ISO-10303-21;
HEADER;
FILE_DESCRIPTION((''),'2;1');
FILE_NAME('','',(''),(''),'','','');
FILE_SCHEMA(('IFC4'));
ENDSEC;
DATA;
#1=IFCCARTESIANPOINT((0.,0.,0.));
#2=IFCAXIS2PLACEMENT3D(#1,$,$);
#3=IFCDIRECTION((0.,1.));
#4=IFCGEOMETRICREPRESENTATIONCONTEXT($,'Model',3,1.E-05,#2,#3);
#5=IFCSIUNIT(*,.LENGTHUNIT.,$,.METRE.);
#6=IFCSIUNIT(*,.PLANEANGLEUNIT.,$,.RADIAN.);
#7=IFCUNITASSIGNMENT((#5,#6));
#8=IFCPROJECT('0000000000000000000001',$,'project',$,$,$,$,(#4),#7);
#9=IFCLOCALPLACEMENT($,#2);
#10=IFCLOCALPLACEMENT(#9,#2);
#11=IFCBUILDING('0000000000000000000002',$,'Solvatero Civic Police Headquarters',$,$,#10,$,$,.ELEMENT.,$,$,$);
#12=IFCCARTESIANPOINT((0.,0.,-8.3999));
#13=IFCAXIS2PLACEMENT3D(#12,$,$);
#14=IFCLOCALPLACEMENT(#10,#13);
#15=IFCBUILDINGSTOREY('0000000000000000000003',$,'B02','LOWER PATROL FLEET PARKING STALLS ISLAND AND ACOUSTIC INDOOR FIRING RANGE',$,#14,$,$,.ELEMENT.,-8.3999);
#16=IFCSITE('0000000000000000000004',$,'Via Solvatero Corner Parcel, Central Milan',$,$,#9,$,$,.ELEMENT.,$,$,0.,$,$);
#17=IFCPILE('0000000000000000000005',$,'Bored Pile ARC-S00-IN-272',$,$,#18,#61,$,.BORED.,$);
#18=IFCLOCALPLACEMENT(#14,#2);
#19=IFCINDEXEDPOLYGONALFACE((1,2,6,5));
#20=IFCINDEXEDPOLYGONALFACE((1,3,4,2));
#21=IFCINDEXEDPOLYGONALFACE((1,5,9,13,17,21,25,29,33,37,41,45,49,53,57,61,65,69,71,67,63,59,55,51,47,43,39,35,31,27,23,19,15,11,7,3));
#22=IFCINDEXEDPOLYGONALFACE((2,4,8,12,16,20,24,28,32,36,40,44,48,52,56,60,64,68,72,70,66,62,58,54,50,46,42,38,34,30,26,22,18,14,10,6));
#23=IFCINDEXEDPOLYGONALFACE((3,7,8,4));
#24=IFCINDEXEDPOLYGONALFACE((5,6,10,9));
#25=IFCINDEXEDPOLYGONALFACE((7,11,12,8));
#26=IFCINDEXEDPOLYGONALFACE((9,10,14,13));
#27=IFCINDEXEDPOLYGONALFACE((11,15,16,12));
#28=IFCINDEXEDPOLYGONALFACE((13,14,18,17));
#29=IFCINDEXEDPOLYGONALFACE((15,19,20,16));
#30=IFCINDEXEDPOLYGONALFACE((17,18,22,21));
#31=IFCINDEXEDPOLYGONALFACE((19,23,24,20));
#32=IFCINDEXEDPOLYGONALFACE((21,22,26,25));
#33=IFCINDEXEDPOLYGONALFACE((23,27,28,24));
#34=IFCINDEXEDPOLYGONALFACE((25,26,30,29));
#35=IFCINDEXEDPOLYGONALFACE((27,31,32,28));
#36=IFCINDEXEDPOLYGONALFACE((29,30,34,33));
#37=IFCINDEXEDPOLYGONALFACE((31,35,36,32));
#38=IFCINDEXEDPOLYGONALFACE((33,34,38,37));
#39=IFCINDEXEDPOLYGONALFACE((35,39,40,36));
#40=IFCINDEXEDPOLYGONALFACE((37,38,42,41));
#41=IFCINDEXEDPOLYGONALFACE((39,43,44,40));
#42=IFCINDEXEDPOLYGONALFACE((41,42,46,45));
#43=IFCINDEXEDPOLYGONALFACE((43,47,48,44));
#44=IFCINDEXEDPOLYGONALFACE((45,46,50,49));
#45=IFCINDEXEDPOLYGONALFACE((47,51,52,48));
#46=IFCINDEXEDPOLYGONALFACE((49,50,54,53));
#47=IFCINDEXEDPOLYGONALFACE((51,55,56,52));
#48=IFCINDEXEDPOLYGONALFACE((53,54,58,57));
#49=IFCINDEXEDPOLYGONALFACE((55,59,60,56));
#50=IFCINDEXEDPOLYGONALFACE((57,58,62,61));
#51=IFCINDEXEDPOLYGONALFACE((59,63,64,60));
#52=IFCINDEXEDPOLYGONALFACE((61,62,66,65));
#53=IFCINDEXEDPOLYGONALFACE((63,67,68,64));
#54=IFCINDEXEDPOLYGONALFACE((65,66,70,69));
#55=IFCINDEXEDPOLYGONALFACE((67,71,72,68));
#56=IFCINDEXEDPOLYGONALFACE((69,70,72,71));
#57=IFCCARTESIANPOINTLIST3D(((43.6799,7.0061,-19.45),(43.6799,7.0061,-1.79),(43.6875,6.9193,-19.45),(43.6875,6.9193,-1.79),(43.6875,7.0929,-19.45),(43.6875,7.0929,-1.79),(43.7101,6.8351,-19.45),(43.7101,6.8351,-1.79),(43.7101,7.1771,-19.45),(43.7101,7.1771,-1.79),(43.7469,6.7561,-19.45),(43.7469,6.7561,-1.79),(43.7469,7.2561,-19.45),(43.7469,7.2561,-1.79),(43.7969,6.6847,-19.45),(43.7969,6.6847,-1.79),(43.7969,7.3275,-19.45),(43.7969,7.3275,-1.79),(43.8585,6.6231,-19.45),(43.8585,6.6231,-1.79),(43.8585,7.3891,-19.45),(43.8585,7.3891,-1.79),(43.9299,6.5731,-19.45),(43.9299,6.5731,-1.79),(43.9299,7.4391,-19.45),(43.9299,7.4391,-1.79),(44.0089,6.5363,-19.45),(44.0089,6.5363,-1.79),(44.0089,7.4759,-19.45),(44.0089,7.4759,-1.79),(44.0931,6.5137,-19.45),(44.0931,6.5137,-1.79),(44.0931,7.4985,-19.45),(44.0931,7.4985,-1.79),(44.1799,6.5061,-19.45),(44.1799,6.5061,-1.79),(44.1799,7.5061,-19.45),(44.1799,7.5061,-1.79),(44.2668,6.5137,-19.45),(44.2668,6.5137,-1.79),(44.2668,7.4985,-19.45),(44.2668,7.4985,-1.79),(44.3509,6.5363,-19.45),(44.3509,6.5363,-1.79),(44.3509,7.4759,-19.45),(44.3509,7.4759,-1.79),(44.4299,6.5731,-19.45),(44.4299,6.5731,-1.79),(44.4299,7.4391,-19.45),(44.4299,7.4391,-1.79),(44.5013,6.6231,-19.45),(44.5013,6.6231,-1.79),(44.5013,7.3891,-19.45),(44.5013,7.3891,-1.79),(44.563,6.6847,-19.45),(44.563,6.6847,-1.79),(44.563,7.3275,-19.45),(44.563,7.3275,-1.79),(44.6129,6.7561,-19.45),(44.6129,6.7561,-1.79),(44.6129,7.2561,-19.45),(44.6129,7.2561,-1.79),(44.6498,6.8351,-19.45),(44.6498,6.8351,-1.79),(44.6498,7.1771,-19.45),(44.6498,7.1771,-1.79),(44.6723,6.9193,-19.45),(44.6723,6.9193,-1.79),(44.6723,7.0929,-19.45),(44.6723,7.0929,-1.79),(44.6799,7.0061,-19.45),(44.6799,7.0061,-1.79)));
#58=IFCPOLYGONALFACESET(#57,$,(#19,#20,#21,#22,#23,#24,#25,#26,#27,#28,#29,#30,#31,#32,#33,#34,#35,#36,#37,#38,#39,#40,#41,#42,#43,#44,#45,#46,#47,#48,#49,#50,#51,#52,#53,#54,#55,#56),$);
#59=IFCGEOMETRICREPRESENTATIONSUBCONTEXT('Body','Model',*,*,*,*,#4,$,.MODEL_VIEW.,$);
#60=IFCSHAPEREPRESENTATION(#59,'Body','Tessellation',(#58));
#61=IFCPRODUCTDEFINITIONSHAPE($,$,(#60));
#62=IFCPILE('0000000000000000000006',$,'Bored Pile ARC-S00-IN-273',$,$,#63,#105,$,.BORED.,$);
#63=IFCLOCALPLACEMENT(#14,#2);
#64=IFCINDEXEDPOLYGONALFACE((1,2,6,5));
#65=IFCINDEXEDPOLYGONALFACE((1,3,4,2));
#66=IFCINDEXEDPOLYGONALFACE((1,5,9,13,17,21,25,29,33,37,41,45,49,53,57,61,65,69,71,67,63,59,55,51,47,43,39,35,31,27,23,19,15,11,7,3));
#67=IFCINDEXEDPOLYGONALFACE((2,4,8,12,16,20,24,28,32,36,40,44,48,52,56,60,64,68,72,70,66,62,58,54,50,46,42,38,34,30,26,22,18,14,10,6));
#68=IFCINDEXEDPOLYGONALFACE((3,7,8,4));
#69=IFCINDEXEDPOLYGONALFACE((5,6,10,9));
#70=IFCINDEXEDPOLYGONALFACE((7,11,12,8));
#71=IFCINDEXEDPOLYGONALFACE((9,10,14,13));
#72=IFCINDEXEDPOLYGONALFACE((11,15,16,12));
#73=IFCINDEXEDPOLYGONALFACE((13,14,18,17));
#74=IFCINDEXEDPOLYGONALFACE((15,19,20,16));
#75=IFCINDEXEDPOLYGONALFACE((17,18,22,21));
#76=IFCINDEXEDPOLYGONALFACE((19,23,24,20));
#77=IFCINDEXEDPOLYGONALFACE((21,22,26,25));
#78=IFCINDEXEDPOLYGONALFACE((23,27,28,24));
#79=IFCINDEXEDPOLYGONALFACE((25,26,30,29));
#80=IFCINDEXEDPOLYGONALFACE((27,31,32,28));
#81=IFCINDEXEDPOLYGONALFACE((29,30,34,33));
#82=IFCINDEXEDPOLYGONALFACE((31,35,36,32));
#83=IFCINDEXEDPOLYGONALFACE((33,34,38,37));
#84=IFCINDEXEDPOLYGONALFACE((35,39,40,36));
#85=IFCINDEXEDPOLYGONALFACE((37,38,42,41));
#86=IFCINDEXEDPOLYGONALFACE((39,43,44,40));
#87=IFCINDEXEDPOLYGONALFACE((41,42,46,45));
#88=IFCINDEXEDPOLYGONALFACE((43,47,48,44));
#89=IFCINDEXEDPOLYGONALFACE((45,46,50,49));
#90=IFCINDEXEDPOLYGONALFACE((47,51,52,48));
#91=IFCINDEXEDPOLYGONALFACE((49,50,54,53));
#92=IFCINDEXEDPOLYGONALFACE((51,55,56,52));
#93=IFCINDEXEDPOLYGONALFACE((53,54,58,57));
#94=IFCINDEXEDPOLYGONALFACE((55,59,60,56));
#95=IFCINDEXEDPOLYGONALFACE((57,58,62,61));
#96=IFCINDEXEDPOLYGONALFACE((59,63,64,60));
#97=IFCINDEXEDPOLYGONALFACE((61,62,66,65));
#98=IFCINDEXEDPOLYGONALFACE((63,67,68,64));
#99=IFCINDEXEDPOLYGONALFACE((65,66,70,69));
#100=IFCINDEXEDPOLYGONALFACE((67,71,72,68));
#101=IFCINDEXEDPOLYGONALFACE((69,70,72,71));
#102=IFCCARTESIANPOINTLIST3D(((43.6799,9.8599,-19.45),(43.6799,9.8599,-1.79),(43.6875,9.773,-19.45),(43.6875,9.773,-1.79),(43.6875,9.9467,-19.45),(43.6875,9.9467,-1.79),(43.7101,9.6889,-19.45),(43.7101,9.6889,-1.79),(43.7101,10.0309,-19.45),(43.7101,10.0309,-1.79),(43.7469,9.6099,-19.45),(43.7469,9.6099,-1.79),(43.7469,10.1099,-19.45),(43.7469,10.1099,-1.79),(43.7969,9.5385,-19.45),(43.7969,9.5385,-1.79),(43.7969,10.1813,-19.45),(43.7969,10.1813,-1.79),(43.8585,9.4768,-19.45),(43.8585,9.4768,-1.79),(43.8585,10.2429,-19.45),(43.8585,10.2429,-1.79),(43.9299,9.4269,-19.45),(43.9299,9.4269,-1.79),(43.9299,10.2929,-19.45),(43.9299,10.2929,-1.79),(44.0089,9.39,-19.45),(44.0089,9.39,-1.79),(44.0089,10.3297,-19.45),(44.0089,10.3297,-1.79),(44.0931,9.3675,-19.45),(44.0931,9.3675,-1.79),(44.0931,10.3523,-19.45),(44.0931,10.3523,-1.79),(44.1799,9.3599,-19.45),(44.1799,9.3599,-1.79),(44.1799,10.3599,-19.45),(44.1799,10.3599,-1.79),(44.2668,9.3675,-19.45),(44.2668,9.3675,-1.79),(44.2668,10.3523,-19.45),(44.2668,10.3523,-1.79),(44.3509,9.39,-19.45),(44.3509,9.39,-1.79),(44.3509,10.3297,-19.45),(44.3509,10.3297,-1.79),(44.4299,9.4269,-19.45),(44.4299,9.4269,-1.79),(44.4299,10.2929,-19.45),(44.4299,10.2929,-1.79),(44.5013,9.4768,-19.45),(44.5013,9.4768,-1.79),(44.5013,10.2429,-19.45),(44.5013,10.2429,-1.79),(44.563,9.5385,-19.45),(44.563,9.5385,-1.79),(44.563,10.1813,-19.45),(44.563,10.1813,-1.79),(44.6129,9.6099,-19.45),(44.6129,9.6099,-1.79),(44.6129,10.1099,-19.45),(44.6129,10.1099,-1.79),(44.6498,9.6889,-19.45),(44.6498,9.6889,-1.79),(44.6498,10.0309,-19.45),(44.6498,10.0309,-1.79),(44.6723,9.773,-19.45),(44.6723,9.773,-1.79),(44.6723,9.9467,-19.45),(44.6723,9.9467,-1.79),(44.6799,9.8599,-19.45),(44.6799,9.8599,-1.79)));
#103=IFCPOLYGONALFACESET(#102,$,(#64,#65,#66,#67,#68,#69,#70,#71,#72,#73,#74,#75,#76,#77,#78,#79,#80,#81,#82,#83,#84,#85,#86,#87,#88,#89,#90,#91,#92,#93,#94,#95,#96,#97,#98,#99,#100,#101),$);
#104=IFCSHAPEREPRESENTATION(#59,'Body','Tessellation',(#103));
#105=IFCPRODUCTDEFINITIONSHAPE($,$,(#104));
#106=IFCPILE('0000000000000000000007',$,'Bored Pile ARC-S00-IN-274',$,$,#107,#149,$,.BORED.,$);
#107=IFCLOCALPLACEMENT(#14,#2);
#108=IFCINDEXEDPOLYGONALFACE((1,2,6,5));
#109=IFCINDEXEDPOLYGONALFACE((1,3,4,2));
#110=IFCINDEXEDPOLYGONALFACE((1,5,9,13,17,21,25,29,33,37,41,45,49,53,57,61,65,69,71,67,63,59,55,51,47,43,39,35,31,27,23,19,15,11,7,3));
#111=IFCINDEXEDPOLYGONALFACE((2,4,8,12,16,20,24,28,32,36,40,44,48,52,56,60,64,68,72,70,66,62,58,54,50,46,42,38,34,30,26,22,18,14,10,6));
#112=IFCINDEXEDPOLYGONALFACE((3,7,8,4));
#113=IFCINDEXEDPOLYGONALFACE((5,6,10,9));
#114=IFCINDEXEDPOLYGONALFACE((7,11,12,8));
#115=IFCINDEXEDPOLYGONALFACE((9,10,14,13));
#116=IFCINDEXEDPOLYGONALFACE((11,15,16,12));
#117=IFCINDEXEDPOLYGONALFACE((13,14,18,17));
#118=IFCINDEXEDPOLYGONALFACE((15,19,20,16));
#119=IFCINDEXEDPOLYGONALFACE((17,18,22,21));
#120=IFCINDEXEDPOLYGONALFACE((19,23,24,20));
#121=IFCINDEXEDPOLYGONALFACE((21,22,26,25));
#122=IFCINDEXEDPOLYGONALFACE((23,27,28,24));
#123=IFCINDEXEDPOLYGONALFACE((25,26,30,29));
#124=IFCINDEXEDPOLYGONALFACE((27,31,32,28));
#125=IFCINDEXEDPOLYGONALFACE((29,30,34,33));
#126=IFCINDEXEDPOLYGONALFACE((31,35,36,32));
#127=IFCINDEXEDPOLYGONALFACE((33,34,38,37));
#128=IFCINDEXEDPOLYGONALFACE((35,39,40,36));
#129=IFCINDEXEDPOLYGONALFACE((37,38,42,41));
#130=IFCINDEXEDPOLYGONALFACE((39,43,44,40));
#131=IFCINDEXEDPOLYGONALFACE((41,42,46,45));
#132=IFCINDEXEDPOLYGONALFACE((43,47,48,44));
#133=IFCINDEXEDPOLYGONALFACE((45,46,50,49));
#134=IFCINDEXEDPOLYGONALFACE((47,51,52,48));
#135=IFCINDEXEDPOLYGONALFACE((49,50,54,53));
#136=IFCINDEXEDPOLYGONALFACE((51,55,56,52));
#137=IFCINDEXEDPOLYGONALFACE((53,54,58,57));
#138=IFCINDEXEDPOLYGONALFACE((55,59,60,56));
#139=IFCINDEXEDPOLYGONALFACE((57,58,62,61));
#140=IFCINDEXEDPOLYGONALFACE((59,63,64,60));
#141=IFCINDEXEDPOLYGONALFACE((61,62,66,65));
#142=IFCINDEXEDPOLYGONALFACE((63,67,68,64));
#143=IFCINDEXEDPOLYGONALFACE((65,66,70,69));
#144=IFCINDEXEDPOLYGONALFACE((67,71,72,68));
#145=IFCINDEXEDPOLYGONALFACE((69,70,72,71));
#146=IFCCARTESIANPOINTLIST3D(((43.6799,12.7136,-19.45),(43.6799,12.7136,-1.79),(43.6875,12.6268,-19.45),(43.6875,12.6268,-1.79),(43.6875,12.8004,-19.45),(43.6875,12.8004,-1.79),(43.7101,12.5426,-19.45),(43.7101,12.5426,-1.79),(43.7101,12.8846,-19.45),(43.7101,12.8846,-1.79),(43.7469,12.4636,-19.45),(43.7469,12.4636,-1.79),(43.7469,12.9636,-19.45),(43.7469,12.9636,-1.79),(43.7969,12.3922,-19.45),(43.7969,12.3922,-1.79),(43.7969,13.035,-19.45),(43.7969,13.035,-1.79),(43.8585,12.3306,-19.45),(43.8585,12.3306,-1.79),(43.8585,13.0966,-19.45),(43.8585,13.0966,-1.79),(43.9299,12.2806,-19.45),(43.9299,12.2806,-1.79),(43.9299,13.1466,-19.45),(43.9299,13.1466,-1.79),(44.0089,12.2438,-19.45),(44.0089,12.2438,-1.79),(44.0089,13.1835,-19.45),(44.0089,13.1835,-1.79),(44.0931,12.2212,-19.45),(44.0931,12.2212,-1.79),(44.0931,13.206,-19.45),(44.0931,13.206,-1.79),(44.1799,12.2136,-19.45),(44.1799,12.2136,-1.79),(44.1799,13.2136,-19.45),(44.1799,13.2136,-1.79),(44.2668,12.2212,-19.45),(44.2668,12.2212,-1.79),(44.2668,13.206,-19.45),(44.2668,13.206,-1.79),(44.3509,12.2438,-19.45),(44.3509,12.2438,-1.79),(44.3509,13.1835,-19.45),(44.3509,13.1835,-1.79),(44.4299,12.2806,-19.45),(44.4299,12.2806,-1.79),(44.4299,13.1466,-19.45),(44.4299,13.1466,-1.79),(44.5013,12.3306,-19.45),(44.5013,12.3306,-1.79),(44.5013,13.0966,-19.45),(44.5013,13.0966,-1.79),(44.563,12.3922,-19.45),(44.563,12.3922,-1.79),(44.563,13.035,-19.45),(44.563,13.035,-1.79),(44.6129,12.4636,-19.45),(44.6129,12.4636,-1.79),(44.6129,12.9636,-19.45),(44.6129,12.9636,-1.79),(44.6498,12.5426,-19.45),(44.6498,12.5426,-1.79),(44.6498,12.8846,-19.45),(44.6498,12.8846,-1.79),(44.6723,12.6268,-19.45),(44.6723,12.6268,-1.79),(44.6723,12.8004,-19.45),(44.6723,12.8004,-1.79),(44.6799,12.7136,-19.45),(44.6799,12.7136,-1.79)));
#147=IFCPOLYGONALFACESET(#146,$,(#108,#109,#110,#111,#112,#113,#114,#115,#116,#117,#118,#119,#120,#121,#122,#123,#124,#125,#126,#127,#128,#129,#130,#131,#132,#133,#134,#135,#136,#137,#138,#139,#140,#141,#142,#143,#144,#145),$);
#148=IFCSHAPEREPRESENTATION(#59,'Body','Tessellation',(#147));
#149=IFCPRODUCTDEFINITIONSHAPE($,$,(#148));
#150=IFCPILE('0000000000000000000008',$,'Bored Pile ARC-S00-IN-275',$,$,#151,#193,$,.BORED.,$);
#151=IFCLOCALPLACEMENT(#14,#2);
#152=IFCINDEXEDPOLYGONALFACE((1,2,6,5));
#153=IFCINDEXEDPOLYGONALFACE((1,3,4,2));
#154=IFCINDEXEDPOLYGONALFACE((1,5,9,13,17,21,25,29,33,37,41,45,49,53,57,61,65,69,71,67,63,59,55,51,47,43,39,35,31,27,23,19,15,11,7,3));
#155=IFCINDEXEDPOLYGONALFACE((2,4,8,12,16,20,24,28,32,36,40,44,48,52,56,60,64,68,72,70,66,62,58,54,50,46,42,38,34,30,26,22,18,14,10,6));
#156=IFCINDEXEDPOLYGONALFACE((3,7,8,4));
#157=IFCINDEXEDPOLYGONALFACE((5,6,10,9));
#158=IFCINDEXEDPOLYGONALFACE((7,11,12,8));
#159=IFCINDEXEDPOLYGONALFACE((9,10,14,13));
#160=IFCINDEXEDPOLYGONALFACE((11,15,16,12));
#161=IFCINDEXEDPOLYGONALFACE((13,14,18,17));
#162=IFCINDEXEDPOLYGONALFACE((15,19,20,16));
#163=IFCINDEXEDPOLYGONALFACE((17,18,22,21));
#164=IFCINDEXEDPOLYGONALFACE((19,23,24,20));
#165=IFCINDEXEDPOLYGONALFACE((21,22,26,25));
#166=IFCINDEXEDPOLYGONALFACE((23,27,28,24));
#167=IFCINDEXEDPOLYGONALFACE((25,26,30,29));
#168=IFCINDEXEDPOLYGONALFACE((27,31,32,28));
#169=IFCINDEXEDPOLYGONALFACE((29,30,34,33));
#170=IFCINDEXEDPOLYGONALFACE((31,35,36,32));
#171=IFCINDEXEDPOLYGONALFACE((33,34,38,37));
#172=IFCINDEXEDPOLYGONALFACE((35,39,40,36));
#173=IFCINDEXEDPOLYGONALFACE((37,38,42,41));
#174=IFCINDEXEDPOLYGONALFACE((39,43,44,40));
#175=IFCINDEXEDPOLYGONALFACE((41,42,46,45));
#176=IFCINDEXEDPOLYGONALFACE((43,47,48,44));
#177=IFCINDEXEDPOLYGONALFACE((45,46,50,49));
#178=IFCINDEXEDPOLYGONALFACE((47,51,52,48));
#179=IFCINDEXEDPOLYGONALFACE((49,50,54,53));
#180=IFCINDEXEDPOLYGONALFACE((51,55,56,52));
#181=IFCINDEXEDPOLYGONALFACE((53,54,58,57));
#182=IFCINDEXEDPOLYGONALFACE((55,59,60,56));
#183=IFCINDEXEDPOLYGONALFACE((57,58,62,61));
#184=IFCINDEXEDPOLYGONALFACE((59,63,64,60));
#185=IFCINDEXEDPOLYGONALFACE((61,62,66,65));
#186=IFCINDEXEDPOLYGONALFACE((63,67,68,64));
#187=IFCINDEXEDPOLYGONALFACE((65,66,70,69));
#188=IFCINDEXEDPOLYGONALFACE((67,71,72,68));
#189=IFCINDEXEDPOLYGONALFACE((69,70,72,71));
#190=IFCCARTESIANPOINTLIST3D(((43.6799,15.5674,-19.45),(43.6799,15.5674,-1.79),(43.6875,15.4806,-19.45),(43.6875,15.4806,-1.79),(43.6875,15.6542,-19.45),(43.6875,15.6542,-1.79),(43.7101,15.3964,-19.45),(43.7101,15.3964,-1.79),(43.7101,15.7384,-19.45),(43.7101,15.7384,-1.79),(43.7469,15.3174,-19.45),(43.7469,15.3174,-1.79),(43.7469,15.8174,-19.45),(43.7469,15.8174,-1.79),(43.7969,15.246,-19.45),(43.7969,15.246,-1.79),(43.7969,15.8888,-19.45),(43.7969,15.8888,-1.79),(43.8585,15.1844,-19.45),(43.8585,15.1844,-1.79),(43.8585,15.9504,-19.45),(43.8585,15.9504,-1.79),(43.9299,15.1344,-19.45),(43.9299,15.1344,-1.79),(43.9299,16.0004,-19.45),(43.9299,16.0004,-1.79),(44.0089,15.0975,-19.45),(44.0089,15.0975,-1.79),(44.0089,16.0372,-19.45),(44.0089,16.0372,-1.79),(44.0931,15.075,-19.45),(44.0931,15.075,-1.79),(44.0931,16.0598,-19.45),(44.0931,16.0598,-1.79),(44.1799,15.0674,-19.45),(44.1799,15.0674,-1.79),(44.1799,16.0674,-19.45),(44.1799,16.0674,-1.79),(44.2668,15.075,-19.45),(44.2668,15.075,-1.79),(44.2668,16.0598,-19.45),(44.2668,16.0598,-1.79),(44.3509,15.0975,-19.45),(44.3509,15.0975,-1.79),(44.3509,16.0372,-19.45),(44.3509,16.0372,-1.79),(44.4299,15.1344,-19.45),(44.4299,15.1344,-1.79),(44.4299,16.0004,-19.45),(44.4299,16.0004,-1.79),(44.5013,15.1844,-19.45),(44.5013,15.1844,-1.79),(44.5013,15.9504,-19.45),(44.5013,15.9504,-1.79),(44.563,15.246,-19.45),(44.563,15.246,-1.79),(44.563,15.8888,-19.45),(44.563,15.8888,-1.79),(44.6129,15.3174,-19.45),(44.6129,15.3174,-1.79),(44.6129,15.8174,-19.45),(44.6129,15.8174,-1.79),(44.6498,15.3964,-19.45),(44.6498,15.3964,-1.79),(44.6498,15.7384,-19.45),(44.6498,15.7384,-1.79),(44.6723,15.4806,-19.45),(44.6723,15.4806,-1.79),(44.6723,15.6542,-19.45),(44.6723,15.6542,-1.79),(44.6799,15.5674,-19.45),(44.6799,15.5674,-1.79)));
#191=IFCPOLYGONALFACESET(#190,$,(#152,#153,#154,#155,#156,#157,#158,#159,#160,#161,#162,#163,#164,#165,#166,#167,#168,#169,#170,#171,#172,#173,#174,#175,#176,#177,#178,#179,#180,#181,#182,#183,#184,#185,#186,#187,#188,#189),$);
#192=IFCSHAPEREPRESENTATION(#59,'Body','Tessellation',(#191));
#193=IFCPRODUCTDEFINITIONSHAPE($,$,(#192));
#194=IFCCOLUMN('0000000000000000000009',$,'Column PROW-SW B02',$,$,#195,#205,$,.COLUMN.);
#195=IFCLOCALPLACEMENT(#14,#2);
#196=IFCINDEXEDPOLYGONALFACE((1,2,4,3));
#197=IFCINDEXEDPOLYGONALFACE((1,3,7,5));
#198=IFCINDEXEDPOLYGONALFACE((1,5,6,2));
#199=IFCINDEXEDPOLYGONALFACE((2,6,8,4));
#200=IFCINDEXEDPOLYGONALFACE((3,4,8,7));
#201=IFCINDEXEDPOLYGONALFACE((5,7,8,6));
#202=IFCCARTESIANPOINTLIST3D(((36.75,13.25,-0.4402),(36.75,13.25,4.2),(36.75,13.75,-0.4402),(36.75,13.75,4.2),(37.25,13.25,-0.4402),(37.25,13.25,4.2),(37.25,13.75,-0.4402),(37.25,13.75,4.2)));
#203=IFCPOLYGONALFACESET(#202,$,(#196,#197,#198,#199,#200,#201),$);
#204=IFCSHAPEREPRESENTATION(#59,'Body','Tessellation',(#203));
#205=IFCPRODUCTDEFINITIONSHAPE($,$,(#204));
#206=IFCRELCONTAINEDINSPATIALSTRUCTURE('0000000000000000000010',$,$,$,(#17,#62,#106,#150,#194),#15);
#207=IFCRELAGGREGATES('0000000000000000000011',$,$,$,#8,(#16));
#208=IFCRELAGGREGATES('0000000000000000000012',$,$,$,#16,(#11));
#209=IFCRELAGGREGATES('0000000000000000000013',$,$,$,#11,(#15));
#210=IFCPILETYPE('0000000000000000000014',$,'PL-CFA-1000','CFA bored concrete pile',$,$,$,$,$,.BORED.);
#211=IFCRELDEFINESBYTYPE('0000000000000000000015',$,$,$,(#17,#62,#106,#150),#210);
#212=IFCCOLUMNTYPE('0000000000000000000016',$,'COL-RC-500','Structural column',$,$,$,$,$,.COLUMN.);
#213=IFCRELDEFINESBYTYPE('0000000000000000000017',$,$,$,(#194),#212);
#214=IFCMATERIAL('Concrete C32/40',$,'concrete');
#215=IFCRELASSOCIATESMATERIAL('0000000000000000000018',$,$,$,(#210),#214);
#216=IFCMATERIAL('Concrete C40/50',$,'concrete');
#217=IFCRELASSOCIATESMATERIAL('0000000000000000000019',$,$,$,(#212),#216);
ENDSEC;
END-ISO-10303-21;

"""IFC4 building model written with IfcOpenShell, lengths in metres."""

from ifc_helpers import new_model, si_unit, direction, frame, origin, origin_2d, place, context, subcontext, project, spatial, rectangle, circle, extrude, material, material_profile, profile_set, type_object, element, save


model = new_model("IFC4")

# Units and contexts
model_context = context("Model", 3, precision=1e-05, world=origin(), true_north=direction((0.0, 1.0)))
body_context = subcontext(model_context, "Body", "Model", "MODEL_VIEW")
ifc_project = project(units=[si_unit("LENGTHUNIT", "METRE"), si_unit("PLANEANGLEUNIT", "RADIAN")], contexts=[model_context])

# Site, building, storey
site_placement = place(None, origin())
site = spatial("IfcSite", under=ifc_project, at=site_placement, Name="Via Solvatero Corner Parcel, Central Milan", CompositionType="ELEMENT", RefElevation=0.0)
building_placement = place(site_placement, origin())
building = spatial("IfcBuilding", under=site, at=building_placement, Name="Solvatero Civic Police Headquarters", CompositionType="ELEMENT")
storey_placement = place(building_placement, frame((0.0, 0.0, -8.3999)))
storey = spatial("IfcBuildingStorey", under=building, at=storey_placement, Name="B02", Description="LOWER PATROL FLEET PARKING STALLS ISLAND AND ACOUSTIC INDOOR FIRING RANGE", CompositionType="ELEMENT", Elevation=-8.3999)

# Piles
ifc_material_1 = material(Name="Concrete C32/40", Category="concrete")
ifc_material_profile_1 = material_profile(ifc_material_1, circle(Radius=0.5, at=origin_2d()), Name="CFA PILE D1000")
ifc_profile_set_1 = profile_set([ifc_material_profile_1], Name="Concrete C32/40")
pile_type = type_object("IfcPileType", Name="PL-CFA-1000", Description="CFA bored concrete pile", PredefinedType="BORED", material=ifc_profile_set_1)
for number, where, z_axis, x_axis, name in (
    (1, (44.1799, 7.0061, -1.79), (0.0, 0.0, -1.0), (1.0, 0.0, 0.0), "Bored Pile ARC-S00-IN-272"),
    (2, (44.1799, 9.8599, -1.79), (0.0, 0.0, -1.0), (1.0, 0.0, 0.0), "Bored Pile ARC-S00-IN-273"),
    (3, (44.1799, 12.7136, -1.79), (0.0, 0.0, -1.0), (1.0, 0.0, 0.0), "Bored Pile ARC-S00-IN-274"),
    (4, (44.1799, 15.5674, -1.79), (0.0, 0.0, -1.0), (1.0, 0.0, 0.0), "Bored Pile ARC-S00-IN-275"),
):
    element("IfcPile", number, at=place(storey_placement, frame(where, z_axis=z_axis, x_axis=x_axis)), inside=storey, type_object=pile_type, Name=name, PredefinedType="BORED", context=body_context, shape_type="SweptSolid", body=[
        extrude(circle(Radius=0.5, at=origin_2d()), origin(), (0.0, 0.0, 1.0), 17.6599),
    ])

# Column
ifc_material_2 = material(Name="Concrete C40/50", Category="concrete")
ifc_material_profile_2 = material_profile(ifc_material_2, rectangle(XDim=0.5, YDim=0.5, at=origin_2d()), Name="RC 500x500")
ifc_profile_set_2 = profile_set([ifc_material_profile_2], Name="Concrete C40/50")
column_type_1 = type_object("IfcColumnType", Name="COL-RC-500", Description="Structural column", PredefinedType="COLUMN", material=ifc_profile_set_2)
column_placement = place(storey_placement, frame((37.0, 13.5, -0.4402), z_axis=(0.0, 0.0, 1.0), x_axis=(1.0, 0.0, 0.0)))
element("IfcColumn", 5, at=column_placement, inside=storey, type_object=column_type_1, Name="Column PROW-SW B02", PredefinedType="COLUMN", context=body_context, shape_type="SweptSolid", body=[
    extrude(rectangle(XDim=0.5, YDim=0.5, at=origin_2d()), origin(), (0.0, 0.0, 1.0), 4.6401),
])

save(model, "model.ifc")
